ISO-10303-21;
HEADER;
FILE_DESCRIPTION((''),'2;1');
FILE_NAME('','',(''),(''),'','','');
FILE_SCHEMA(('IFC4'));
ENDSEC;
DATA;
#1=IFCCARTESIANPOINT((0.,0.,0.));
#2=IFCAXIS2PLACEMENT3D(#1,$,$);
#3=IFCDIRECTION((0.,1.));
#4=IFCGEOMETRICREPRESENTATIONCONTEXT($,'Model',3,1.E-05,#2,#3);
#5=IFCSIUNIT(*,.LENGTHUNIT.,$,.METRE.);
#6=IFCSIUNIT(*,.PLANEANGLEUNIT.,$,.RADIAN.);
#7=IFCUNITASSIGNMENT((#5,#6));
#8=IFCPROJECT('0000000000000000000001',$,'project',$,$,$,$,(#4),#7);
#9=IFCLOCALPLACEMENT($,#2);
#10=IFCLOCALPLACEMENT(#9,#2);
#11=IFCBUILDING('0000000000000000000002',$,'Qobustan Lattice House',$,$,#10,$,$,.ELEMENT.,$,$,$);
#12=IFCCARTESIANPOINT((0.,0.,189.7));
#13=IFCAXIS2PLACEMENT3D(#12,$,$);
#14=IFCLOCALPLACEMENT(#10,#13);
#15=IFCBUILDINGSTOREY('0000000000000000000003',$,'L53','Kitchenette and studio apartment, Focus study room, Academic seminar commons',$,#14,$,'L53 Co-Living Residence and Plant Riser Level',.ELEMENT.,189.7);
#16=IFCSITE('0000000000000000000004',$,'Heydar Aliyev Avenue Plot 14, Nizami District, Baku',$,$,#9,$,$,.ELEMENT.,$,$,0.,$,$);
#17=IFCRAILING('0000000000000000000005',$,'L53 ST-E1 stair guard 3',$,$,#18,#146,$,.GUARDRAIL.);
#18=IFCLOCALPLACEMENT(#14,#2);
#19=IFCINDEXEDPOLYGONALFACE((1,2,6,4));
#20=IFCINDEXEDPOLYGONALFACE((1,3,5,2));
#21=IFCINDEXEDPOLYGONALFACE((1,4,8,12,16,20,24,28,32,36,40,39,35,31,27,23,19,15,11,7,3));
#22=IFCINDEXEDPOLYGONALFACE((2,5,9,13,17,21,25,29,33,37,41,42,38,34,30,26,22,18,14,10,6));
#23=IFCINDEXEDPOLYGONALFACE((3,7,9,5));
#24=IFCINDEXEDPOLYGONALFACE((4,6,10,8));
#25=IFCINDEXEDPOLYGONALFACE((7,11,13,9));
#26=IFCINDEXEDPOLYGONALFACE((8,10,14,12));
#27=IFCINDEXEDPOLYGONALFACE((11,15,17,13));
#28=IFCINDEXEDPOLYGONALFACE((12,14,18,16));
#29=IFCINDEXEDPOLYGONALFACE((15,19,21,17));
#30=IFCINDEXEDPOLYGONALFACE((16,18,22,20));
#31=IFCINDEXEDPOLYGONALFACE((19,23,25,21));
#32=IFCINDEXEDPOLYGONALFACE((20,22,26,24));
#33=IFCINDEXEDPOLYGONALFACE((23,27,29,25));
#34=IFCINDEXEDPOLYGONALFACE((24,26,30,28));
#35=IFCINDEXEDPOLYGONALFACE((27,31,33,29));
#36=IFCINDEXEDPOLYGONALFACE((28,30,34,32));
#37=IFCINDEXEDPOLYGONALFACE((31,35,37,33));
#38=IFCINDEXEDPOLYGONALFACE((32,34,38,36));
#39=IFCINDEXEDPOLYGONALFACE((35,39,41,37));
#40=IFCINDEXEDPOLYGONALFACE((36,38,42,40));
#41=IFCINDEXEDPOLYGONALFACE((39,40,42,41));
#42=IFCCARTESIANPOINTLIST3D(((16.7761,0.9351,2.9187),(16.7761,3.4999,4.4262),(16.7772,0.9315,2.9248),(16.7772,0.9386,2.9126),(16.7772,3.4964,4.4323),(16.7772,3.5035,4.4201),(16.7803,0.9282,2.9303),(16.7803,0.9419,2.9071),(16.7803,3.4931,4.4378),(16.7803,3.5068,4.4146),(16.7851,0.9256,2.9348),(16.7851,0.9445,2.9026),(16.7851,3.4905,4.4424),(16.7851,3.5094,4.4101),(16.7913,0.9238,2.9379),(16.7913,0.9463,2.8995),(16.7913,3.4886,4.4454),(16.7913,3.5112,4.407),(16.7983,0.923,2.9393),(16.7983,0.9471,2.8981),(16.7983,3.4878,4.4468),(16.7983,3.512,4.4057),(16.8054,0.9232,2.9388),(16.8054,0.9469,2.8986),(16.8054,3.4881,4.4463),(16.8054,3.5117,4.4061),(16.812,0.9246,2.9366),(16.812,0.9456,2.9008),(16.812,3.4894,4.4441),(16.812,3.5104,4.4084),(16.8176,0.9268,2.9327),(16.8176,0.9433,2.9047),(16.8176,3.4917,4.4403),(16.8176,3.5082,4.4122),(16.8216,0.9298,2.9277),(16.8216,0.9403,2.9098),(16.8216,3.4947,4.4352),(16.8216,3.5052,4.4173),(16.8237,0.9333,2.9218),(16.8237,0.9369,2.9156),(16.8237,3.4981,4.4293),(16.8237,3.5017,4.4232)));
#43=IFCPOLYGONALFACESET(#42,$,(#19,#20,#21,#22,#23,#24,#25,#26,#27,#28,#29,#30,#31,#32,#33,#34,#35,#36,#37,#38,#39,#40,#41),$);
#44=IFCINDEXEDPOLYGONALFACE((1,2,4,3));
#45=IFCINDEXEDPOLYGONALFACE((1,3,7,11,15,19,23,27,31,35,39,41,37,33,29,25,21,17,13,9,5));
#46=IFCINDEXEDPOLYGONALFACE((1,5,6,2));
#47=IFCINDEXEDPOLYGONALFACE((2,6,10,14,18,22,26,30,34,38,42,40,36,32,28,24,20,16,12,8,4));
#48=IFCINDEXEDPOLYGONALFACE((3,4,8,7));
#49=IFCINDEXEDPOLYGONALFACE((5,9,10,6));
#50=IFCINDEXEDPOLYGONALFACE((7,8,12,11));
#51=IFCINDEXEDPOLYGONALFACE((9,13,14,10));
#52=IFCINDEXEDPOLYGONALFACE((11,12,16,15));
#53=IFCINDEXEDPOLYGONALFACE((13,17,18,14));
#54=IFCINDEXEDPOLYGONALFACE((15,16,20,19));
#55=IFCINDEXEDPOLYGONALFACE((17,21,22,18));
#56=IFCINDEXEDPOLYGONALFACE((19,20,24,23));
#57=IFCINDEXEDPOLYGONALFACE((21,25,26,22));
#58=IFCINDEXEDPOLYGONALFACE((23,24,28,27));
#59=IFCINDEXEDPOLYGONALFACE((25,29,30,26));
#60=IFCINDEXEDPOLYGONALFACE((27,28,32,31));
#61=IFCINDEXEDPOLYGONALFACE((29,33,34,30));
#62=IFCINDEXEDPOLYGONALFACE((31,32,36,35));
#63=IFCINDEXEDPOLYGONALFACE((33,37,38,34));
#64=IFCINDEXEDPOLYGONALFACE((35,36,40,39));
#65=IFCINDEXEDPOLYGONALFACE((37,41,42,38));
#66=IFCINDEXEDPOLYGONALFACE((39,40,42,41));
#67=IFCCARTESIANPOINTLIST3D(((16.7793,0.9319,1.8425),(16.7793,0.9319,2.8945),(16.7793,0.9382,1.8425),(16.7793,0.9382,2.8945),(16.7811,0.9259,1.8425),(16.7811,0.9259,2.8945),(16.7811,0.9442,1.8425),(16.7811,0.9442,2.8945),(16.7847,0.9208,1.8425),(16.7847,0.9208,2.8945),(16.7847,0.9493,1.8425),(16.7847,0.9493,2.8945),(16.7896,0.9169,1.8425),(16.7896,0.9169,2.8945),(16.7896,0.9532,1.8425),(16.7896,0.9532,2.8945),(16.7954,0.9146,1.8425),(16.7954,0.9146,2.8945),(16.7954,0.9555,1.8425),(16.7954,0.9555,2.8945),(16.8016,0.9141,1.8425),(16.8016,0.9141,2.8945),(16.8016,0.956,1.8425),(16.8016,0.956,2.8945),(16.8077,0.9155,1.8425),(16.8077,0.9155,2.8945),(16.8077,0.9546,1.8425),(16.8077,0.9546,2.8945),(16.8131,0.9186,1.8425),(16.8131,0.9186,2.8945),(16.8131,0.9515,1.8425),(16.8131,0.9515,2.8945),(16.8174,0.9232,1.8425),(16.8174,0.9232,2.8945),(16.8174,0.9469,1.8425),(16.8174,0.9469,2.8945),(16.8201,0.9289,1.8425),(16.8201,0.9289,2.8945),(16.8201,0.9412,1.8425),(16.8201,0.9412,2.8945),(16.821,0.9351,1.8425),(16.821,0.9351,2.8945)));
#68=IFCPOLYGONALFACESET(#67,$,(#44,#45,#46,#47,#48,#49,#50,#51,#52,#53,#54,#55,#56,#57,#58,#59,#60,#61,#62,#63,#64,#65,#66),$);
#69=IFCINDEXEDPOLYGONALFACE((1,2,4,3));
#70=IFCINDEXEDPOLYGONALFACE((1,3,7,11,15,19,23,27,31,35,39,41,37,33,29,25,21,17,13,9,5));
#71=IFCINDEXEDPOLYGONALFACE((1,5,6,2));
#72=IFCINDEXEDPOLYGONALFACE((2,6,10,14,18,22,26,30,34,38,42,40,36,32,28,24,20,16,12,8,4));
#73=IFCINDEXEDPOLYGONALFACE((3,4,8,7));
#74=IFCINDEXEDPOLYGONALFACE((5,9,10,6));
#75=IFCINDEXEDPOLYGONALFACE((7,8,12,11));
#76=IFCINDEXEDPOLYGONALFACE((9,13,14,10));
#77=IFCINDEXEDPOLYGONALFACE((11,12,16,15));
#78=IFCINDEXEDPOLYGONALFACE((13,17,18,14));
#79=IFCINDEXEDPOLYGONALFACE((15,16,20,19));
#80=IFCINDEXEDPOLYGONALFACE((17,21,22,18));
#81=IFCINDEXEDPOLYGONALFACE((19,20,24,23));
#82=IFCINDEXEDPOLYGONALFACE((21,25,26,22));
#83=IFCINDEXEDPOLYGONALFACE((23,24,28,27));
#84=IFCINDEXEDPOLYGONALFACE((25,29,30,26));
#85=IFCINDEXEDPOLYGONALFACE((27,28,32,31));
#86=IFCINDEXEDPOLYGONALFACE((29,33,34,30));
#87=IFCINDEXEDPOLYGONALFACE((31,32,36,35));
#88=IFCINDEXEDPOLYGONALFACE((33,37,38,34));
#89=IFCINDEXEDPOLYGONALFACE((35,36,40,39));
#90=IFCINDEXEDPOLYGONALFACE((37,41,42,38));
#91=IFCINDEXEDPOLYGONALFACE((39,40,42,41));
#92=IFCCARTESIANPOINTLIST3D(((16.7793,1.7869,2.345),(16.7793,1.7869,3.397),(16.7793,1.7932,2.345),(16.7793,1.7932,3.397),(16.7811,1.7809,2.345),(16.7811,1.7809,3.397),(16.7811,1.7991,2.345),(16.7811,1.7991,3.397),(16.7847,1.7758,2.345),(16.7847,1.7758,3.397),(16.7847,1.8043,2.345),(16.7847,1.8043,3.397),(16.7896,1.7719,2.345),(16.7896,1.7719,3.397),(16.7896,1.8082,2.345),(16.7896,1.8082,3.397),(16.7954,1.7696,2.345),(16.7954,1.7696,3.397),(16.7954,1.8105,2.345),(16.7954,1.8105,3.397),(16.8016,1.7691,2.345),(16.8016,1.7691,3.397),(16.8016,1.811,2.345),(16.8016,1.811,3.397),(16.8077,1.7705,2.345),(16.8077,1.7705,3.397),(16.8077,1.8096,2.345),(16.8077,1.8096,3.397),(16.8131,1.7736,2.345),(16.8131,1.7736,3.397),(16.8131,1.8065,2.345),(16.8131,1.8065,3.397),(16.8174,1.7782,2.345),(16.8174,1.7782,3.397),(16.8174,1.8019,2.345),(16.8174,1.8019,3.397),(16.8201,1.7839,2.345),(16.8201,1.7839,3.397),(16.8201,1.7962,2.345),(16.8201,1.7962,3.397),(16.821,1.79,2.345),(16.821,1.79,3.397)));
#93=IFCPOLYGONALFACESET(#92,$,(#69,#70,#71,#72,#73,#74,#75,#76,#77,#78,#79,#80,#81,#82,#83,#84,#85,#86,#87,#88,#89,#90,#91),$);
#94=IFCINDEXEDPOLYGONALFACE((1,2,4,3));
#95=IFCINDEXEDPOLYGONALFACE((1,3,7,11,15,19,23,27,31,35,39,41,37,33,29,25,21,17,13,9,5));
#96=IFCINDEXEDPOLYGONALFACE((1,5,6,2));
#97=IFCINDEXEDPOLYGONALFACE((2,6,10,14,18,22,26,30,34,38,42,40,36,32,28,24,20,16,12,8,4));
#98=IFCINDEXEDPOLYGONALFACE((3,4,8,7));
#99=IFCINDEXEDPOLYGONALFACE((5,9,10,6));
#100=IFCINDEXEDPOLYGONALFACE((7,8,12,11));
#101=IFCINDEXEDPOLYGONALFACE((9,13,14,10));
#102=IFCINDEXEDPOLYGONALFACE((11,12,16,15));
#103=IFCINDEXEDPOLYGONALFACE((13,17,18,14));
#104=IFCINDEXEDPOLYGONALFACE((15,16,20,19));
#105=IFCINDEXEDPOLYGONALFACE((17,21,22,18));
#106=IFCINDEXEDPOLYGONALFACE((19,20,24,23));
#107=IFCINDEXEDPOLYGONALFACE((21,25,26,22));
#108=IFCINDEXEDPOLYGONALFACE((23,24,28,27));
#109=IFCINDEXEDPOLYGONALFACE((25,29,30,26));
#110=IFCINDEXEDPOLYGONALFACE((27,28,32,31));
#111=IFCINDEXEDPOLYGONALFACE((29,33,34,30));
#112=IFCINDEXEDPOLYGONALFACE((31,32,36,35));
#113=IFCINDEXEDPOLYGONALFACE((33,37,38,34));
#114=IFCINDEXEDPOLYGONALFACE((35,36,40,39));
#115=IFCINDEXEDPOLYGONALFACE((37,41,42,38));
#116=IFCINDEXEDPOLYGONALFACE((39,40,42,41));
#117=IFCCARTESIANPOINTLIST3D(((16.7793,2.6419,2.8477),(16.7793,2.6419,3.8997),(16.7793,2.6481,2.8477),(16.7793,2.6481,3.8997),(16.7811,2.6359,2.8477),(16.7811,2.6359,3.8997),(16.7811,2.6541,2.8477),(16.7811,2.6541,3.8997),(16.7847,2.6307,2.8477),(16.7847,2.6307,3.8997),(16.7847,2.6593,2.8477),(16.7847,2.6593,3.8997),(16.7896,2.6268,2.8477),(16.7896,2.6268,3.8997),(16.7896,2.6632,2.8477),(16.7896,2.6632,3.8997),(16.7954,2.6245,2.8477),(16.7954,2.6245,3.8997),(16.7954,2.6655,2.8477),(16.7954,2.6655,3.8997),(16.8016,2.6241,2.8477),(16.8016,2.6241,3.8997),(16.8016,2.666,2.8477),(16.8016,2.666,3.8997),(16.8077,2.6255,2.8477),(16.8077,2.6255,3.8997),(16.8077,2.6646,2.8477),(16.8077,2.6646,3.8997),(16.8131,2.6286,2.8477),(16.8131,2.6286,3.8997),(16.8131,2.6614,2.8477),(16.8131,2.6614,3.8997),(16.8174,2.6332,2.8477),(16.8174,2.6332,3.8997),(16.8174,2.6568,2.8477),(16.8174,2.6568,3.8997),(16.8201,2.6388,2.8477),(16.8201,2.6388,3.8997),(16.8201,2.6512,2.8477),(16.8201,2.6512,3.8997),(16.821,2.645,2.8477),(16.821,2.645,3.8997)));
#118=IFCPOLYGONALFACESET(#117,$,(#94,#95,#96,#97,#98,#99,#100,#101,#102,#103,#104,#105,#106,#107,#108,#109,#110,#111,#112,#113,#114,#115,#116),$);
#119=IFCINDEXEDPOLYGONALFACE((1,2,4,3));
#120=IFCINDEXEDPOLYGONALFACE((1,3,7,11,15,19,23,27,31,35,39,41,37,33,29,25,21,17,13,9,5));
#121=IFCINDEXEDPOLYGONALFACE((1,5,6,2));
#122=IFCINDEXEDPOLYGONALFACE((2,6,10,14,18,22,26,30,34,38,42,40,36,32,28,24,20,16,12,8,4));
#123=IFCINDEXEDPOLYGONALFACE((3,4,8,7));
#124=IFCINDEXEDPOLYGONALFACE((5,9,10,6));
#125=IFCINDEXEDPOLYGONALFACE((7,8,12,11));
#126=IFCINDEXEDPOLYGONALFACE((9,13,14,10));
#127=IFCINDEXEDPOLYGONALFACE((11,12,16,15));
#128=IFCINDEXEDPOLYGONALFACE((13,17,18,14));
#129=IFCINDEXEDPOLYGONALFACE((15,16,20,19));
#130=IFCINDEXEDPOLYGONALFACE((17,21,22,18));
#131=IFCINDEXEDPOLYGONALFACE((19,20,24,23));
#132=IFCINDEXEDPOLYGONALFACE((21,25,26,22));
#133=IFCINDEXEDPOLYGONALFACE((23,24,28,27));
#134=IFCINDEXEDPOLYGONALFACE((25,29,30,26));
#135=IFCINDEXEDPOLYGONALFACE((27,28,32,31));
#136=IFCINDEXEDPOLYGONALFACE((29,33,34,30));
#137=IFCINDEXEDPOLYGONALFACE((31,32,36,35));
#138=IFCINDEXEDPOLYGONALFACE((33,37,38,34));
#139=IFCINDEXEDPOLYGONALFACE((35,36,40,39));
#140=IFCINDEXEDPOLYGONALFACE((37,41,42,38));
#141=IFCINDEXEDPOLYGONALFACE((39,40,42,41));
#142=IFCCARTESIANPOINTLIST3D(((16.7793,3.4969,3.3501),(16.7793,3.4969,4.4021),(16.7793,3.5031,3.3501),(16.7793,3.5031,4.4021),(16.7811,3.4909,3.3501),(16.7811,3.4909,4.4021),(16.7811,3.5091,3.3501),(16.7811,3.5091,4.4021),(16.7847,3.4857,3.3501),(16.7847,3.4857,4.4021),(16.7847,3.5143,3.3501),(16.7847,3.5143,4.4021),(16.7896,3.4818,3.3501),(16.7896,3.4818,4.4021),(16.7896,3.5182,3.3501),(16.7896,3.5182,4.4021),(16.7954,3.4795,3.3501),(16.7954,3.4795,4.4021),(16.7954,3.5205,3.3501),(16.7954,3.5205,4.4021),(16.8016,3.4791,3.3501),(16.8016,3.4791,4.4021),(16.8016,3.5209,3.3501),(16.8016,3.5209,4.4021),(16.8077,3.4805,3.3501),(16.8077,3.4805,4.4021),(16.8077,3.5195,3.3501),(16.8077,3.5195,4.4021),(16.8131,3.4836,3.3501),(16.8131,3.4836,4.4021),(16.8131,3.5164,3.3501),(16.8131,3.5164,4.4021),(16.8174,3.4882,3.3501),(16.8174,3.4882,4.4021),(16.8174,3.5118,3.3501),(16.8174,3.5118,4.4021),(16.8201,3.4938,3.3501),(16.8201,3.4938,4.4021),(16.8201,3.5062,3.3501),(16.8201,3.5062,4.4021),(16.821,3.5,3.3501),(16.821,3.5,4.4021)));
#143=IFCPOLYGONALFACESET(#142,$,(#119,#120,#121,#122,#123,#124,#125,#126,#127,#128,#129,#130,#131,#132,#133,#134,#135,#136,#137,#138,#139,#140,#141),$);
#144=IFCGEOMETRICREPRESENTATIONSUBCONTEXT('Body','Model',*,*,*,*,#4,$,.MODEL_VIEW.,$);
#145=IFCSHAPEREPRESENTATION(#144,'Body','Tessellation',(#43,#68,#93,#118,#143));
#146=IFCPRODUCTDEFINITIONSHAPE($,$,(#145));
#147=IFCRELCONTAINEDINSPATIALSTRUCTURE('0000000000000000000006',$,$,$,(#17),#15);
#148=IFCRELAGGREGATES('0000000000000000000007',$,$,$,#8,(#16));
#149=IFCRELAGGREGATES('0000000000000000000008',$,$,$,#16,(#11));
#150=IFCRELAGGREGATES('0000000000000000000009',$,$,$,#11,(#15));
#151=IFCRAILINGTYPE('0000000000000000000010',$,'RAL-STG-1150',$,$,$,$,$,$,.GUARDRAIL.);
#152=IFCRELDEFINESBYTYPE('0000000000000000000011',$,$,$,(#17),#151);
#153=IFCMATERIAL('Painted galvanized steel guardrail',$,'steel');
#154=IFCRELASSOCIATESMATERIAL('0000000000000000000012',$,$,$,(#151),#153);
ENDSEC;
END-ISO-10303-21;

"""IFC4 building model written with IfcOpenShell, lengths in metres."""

from ifc_helpers import new_model, si_unit, direction, frame, origin, origin_2d, place, context, subcontext, project, spatial, circle, extrude, material, type_object, element, save


model = new_model("IFC4")

# Units and contexts
model_context = context("Model", 3, precision=1e-05, world=origin(), true_north=direction((0.0, 1.0)))
body_context = subcontext(model_context, "Body", "Model", "MODEL_VIEW")
ifc_project = project(units=[si_unit("LENGTHUNIT", "METRE"), si_unit("PLANEANGLEUNIT", "RADIAN")], contexts=[model_context])

# Site, building, storey
site_placement = place(None, origin())
site = spatial("IfcSite", under=ifc_project, at=site_placement, Name="Heydar Aliyev Avenue Plot 14, Nizami District, Baku", CompositionType="ELEMENT", RefElevation=0.0)
building_placement = place(site_placement, origin())
building = spatial("IfcBuilding", under=site, at=building_placement, Name="Qobustan Lattice House", CompositionType="ELEMENT")
storey_placement = place(building_placement, frame((0.0, 0.0, 189.7)))
storey = spatial("IfcBuildingStorey", under=building, at=storey_placement, Name="L53", Description="Kitchenette and studio apartment, Focus study room, Academic seminar commons", LongName="L53 Co-Living Residence and Plant Riser Level", CompositionType="ELEMENT", Elevation=189.7)

# Railing
ifc_material_1 = material(Name="Painted galvanized steel guardrail", Category="steel")
railing_type_1 = type_object("IfcRailingType", Name="RAL-STG-1150", PredefinedType="GUARDRAIL", material=ifc_material_1)
railing_1_placement = place(storey_placement, frame((16.8, 0.9351, 1.8425)))
element("IfcRailing", 1, at=railing_1_placement, inside=storey, type_object=railing_type_1, Name="L53 ST-E1 stair guard 3", PredefinedType="GUARDRAIL", context=body_context, shape_type="SweptSolid", body=[
    extrude(circle(Radius=0.0239, at=origin_2d()), frame((0.0, 0.0, 1.0762), z_axis=(0.0, 0.862113, 0.506715), x_axis=(-1.0, 0.0, 0.0)), (0.0, 0.0, 1.0), 2.9751),
    extrude(circle(Radius=0.021, at=origin_2d()), origin(), (0.0, 0.0, 1.0), 1.052),
    extrude(circle(Radius=0.021, at=origin_2d()), frame((0.0, 0.855, 0.5024)), (0.0, 0.0, 1.0), 1.052),
    extrude(circle(Radius=0.021, at=origin_2d()), frame((0.0, 1.71, 1.0051)), (0.0, 0.0, 1.0), 1.052),
    extrude(circle(Radius=0.021, at=origin_2d()), frame((0.0, 2.5649, 1.5076)), (0.0, 0.0, 1.0), 1.052),
])

save(model, "model.ifc")
